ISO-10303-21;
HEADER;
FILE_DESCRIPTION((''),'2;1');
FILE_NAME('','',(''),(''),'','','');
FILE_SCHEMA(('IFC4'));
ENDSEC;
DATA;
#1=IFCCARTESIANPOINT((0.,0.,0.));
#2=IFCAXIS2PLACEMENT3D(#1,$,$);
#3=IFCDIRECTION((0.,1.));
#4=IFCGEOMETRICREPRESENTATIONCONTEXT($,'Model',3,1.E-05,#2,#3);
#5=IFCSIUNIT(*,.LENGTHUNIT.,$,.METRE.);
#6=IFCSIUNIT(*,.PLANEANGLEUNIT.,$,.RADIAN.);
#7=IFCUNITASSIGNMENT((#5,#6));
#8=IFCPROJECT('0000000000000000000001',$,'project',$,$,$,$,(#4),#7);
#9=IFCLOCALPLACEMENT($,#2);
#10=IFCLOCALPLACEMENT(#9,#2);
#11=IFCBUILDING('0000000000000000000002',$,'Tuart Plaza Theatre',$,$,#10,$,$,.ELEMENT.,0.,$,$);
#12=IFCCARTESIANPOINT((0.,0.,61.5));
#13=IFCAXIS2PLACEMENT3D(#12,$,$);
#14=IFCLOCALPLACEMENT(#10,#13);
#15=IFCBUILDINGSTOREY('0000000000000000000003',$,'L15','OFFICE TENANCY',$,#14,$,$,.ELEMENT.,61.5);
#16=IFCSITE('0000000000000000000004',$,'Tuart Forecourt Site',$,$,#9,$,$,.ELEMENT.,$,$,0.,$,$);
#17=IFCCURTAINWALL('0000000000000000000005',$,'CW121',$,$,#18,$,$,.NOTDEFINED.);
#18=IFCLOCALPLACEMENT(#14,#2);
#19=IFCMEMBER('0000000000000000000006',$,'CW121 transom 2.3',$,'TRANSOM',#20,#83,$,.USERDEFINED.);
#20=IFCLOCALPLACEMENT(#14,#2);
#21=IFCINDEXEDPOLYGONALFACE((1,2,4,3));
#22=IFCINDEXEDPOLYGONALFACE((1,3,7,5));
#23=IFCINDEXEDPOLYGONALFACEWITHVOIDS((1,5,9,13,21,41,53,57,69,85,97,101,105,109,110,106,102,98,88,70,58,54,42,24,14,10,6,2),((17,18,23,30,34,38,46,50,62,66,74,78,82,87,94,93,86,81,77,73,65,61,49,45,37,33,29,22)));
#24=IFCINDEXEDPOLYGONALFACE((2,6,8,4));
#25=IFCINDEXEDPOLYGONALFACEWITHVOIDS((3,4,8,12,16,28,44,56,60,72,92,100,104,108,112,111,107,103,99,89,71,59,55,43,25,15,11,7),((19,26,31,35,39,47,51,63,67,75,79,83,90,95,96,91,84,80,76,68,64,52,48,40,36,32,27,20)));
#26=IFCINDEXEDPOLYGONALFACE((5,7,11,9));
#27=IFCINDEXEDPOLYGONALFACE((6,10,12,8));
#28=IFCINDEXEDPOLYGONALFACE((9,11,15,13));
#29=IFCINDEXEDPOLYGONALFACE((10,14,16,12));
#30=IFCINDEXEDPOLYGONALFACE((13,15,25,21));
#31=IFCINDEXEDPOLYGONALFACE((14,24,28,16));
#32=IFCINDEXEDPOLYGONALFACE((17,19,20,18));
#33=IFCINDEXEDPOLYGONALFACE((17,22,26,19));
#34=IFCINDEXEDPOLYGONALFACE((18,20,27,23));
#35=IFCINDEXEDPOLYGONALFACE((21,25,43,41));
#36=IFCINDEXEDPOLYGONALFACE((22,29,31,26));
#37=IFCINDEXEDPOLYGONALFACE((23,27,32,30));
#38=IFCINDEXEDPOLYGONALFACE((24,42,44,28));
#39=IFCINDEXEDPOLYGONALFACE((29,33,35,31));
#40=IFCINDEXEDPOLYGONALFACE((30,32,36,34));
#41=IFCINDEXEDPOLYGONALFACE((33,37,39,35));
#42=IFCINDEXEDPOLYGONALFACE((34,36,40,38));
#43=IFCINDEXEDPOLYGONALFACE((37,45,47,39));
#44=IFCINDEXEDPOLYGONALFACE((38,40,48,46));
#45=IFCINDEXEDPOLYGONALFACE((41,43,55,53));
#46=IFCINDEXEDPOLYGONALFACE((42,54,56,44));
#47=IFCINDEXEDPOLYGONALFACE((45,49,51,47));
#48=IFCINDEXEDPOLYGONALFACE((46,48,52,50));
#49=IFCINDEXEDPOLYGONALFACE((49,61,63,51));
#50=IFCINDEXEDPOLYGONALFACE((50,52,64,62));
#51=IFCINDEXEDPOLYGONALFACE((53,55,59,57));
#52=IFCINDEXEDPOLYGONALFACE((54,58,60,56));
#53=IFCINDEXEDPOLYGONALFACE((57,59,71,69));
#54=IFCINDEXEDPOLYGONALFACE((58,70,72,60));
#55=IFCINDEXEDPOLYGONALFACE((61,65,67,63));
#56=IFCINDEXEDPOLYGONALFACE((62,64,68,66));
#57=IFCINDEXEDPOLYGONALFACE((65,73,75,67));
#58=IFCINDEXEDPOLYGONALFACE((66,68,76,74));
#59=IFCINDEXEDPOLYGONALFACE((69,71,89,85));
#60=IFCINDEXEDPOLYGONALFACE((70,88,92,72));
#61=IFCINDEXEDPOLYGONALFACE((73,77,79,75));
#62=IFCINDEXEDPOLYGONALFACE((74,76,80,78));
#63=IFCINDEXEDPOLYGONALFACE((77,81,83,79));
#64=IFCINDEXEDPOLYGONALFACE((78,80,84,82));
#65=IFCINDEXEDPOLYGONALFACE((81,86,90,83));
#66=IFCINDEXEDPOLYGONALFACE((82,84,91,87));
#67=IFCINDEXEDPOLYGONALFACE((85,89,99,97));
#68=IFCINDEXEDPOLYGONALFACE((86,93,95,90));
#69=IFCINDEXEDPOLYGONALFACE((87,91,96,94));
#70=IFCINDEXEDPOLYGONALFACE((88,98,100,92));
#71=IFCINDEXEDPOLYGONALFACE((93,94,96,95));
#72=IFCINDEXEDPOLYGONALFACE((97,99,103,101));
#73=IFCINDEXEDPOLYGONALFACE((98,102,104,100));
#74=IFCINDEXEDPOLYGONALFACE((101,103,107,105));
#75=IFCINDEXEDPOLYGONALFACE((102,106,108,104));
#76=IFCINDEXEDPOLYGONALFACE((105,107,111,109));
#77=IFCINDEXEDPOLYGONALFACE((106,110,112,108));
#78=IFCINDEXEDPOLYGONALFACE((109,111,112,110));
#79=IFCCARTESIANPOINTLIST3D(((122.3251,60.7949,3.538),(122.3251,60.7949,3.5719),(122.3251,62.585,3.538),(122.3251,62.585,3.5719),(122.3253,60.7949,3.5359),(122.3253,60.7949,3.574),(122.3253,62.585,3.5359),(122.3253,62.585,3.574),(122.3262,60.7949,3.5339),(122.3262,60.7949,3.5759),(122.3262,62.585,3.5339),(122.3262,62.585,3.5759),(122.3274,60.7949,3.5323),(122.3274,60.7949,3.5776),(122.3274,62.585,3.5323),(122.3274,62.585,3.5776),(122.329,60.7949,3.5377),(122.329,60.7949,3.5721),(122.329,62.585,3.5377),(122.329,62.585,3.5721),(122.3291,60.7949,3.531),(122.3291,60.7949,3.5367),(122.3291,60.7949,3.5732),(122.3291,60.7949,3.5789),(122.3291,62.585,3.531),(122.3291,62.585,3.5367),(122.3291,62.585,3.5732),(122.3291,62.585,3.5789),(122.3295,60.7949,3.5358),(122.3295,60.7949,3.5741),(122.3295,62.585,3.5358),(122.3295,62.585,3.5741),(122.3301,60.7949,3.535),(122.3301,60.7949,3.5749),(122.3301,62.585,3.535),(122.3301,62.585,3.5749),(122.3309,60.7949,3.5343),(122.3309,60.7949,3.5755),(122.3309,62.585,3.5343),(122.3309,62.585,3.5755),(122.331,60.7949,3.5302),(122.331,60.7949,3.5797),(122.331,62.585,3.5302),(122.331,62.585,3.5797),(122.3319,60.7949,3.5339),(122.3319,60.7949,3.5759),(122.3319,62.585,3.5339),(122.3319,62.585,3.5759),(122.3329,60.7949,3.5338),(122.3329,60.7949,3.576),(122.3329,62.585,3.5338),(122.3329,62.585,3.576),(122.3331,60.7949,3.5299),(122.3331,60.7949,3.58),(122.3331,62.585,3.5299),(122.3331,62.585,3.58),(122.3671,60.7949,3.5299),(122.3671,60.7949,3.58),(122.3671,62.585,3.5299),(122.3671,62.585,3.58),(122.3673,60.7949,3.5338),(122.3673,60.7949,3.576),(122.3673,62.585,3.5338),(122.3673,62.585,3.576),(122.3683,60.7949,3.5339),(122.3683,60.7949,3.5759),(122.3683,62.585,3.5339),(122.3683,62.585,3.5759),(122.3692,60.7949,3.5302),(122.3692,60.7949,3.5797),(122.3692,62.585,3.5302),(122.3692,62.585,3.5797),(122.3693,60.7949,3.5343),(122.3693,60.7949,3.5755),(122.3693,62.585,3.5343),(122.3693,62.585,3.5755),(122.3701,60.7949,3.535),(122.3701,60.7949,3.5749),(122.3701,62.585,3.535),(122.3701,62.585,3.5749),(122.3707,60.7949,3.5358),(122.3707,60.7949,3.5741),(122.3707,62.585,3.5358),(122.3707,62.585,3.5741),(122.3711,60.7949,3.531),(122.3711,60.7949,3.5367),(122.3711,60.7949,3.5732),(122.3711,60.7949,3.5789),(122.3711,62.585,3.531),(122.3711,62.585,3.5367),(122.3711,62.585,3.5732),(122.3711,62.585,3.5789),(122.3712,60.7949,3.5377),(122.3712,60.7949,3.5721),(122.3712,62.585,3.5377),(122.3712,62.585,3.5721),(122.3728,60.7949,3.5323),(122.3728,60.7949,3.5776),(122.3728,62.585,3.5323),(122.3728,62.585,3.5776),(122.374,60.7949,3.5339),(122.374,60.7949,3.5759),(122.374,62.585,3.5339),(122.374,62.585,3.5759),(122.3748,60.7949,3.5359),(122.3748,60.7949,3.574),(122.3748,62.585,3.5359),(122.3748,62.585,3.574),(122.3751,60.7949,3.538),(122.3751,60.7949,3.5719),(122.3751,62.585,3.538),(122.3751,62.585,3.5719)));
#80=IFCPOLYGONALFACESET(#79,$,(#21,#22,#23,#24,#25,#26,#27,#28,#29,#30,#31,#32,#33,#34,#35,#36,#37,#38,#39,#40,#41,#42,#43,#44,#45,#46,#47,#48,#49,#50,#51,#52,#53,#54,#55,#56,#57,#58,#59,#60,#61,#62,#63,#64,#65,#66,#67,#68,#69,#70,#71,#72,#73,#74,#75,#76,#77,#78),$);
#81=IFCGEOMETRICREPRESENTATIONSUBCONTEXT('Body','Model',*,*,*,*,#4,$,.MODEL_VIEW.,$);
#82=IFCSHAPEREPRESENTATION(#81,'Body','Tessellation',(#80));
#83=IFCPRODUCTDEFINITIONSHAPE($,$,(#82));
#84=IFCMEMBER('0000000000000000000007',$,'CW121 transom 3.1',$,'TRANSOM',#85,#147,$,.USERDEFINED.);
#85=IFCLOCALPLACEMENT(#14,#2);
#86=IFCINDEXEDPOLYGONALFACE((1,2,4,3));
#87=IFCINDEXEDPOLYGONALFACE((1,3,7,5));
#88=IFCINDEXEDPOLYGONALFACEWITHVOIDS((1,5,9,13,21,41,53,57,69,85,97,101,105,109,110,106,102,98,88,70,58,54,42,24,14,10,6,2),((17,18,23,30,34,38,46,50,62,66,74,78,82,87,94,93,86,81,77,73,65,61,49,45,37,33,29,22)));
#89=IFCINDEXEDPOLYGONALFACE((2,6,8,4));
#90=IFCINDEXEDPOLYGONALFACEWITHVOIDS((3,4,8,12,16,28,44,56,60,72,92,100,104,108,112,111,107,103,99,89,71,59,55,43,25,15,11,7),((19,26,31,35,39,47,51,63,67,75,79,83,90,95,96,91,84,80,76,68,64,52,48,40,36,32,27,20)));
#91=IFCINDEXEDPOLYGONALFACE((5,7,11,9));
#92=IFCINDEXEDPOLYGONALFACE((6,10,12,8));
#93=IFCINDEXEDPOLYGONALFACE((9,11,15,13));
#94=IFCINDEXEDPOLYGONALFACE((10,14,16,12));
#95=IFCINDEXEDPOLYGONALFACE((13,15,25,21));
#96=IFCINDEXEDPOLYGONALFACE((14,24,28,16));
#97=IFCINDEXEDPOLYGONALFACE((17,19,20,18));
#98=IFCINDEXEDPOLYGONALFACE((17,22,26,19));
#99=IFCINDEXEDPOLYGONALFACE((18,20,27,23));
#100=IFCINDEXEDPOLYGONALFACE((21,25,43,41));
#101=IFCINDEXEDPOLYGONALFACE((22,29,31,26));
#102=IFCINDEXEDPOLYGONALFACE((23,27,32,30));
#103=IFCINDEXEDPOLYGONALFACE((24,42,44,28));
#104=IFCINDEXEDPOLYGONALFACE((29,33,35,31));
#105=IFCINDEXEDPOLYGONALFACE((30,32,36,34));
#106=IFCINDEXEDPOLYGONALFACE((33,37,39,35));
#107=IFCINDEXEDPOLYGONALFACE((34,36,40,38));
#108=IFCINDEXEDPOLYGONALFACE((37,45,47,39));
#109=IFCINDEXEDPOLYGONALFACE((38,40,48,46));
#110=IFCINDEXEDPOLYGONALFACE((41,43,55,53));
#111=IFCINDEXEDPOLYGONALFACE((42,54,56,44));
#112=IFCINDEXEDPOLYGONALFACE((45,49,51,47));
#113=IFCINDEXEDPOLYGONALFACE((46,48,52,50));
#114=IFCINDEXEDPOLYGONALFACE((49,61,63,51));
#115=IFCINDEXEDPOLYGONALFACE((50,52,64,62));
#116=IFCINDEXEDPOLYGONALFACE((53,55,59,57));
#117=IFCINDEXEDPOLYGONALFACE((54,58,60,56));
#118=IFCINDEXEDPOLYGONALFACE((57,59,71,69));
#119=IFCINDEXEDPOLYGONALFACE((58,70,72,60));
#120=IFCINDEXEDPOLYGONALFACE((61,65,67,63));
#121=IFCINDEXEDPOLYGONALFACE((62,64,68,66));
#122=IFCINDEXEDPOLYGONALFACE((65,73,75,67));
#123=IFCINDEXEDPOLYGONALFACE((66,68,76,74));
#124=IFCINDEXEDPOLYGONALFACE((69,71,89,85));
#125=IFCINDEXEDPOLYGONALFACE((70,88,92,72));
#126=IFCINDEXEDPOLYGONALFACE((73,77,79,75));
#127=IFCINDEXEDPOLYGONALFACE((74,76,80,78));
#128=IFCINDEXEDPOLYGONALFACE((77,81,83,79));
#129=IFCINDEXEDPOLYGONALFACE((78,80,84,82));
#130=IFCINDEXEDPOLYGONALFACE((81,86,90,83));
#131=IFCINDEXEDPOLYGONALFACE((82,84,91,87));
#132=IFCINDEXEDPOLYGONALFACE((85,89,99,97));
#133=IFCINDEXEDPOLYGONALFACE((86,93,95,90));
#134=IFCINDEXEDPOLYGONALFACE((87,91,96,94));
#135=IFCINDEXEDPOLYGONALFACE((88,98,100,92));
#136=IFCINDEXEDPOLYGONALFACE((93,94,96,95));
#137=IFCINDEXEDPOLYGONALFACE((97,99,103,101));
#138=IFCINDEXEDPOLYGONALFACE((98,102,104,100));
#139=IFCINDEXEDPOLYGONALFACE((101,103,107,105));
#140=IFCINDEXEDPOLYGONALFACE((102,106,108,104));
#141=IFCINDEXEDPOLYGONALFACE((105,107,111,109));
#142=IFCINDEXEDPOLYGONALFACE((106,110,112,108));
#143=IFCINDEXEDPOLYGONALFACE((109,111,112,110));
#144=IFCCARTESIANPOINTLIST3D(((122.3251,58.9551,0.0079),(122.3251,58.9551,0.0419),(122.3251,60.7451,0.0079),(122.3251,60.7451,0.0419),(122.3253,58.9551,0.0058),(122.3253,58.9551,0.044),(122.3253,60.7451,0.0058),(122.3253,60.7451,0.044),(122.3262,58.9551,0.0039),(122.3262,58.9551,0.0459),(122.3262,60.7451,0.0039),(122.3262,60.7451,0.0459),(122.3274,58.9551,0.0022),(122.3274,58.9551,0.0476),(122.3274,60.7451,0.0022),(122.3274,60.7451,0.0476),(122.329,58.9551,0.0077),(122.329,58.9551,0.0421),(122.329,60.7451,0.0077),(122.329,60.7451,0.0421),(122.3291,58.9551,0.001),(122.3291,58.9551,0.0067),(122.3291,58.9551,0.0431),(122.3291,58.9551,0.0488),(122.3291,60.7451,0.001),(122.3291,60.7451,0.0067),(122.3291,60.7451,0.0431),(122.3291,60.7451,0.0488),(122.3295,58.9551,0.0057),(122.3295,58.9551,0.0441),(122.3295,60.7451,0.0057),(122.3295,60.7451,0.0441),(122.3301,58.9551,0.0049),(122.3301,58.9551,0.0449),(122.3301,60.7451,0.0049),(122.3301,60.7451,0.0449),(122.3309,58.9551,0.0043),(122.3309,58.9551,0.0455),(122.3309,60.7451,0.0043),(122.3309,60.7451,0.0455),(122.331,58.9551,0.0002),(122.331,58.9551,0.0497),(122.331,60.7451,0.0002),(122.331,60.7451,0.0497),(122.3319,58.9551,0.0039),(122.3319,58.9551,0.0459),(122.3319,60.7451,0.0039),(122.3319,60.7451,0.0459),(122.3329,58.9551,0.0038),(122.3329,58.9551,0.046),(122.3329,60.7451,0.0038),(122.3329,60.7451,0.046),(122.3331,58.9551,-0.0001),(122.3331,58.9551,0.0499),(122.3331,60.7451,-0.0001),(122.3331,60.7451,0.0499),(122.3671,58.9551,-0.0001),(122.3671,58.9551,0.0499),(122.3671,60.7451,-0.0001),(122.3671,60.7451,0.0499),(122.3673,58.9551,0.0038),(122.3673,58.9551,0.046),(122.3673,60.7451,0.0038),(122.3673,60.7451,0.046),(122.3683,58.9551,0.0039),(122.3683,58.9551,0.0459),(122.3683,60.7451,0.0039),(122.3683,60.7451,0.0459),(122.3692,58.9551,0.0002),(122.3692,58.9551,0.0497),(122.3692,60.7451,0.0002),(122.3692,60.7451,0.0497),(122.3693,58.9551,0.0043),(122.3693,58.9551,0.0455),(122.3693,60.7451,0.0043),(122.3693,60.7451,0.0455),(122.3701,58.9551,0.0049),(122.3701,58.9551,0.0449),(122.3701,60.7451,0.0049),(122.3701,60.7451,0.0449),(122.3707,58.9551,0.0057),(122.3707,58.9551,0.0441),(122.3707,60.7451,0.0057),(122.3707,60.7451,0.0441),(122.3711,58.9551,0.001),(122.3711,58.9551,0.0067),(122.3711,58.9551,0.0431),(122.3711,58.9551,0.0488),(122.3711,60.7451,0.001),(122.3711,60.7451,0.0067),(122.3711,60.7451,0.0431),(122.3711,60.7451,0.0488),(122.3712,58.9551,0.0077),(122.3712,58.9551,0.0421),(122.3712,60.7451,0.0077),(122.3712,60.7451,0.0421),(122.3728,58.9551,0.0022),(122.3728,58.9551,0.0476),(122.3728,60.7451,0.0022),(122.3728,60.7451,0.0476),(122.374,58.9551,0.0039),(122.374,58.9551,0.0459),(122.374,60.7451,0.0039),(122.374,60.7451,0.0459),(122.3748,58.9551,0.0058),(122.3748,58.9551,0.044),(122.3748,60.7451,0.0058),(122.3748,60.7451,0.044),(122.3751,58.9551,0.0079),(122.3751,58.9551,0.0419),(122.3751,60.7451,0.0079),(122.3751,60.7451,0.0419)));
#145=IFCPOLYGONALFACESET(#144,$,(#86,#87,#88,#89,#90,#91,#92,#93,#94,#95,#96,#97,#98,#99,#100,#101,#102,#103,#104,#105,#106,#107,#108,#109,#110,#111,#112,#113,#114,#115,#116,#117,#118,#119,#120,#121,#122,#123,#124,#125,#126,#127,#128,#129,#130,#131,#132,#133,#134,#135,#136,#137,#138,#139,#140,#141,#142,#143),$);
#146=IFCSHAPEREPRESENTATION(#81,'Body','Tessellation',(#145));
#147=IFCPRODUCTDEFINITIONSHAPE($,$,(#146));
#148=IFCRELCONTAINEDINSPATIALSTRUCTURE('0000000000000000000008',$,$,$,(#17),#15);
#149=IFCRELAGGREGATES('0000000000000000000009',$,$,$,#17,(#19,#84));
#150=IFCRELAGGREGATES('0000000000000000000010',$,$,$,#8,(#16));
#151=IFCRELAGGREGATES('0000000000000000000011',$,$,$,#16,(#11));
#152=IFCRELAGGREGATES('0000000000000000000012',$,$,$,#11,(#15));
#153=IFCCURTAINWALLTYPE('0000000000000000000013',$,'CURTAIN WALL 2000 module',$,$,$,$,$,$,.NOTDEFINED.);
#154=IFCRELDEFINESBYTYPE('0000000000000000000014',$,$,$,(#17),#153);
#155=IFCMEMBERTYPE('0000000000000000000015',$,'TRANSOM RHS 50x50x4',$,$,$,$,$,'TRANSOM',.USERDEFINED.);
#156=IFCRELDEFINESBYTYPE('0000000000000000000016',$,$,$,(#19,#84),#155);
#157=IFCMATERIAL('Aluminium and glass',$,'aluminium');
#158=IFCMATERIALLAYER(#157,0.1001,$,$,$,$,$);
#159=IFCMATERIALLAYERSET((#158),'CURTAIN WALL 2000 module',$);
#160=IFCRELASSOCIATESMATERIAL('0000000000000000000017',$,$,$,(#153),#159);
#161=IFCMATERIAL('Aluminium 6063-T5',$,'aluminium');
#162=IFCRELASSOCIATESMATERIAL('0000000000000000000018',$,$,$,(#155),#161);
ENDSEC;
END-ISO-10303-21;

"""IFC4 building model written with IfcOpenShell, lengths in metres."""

from ifc_helpers import new_model, si_unit, direction, frame, origin, origin_2d, place, context, subcontext, project, spatial, hollow_rectangle, extrude, material, layer, layer_set, material_profile, profile_set, type_object, element, aggregate, save


model = new_model("IFC4")

# Units and contexts
model_context = context("Model", 3, precision=1e-05, world=origin(), true_north=direction((0.0, 1.0)))
body_context = subcontext(model_context, "Body", "Model", "MODEL_VIEW")
ifc_project = project(units=[si_unit("LENGTHUNIT", "METRE"), si_unit("PLANEANGLEUNIT", "RADIAN")], contexts=[model_context])

# Site, building, storey
site_placement = place(None, origin())
site = spatial("IfcSite", under=ifc_project, at=site_placement, Name="Tuart Forecourt Site", CompositionType="ELEMENT", RefElevation=0.0)
building_placement = place(site_placement, origin())
building = spatial("IfcBuilding", under=site, at=building_placement, Name="Tuart Plaza Theatre", CompositionType="ELEMENT", ElevationOfRefHeight=0.0)
storey_placement = place(building_placement, frame((0.0, 0.0, 61.5)))
storey = spatial("IfcBuildingStorey", under=building, at=storey_placement, Name="L15", Description="OFFICE TENANCY", CompositionType="ELEMENT", Elevation=61.5)

# Curtain wall, members
ifc_material_1 = material(Name="Aluminium and glass", Category="aluminium")
ifc_layer_1 = layer(ifc_material_1, 0.1001)
ifc_layer_set_1 = layer_set([ifc_layer_1], Name="CURTAIN WALL 2000 module")
curtain_wall_type = type_object("IfcCurtainWallType", Name="CURTAIN WALL 2000 module", PredefinedType="NOTDEFINED", material=ifc_layer_set_1)
curtain_wall_placement = place(storey_placement, origin())
curtain_wall = element("IfcCurtainWall", 1, at=curtain_wall_placement, inside=storey, type_object=curtain_wall_type, Name="CW121", PredefinedType="NOTDEFINED")
ifc_material_2 = material(Name="Aluminium 6063-T5", Category="aluminium")
ifc_material_profile_1 = material_profile(ifc_material_2, hollow_rectangle(XDim=0.05, YDim=0.05, WallThickness=0.0039, InnerFilletRadius=0.0039, OuterFilletRadius=0.0081, at=origin_2d()), Name="RHS 50x50x4")
ifc_profile_set_1 = profile_set([ifc_material_profile_1], Name="Aluminium 6063-T5")
member_type_1 = type_object("IfcMemberType", Name="TRANSOM RHS 50x50x4", ElementType="TRANSOM", PredefinedType="USERDEFINED", material=ifc_profile_set_1)
member_1_placement = place(storey_placement, frame((122.3501, 62.585, 3.5549), z_axis=(0.0, -1.0, 0.0), x_axis=(1.0, 0.0, 0.0)))
member_1 = element("IfcMember", 2, at=member_1_placement, type_object=member_type_1, Name="CW121 transom 2.3", ObjectType="TRANSOM", PredefinedType="USERDEFINED", context=body_context, shape_type="SweptSolid", body=[
    extrude(hollow_rectangle(XDim=0.05, YDim=0.05, WallThickness=0.0039, InnerFilletRadius=0.0039, OuterFilletRadius=0.0081, at=origin_2d()), origin(), (0.0, 0.0, 1.0), 1.79),
])
member_2_placement = place(storey_placement, frame((122.3501, 60.7451, 0.0249), z_axis=(0.0, -1.0, 0.0), x_axis=(1.0, 0.0, 0.0)))
member_2 = element("IfcMember", 3, at=member_2_placement, type_object=member_type_1, Name="CW121 transom 3.1", ObjectType="TRANSOM", PredefinedType="USERDEFINED", context=body_context, shape_type="SweptSolid", body=[
    extrude(hollow_rectangle(XDim=0.05, YDim=0.05, WallThickness=0.0039, InnerFilletRadius=0.0039, OuterFilletRadius=0.0081, at=origin_2d()), origin(), (0.0, 0.0, 1.0), 1.79),
])
aggregate(curtain_wall, [member_1, member_2])

save(model, "model.ifc")
